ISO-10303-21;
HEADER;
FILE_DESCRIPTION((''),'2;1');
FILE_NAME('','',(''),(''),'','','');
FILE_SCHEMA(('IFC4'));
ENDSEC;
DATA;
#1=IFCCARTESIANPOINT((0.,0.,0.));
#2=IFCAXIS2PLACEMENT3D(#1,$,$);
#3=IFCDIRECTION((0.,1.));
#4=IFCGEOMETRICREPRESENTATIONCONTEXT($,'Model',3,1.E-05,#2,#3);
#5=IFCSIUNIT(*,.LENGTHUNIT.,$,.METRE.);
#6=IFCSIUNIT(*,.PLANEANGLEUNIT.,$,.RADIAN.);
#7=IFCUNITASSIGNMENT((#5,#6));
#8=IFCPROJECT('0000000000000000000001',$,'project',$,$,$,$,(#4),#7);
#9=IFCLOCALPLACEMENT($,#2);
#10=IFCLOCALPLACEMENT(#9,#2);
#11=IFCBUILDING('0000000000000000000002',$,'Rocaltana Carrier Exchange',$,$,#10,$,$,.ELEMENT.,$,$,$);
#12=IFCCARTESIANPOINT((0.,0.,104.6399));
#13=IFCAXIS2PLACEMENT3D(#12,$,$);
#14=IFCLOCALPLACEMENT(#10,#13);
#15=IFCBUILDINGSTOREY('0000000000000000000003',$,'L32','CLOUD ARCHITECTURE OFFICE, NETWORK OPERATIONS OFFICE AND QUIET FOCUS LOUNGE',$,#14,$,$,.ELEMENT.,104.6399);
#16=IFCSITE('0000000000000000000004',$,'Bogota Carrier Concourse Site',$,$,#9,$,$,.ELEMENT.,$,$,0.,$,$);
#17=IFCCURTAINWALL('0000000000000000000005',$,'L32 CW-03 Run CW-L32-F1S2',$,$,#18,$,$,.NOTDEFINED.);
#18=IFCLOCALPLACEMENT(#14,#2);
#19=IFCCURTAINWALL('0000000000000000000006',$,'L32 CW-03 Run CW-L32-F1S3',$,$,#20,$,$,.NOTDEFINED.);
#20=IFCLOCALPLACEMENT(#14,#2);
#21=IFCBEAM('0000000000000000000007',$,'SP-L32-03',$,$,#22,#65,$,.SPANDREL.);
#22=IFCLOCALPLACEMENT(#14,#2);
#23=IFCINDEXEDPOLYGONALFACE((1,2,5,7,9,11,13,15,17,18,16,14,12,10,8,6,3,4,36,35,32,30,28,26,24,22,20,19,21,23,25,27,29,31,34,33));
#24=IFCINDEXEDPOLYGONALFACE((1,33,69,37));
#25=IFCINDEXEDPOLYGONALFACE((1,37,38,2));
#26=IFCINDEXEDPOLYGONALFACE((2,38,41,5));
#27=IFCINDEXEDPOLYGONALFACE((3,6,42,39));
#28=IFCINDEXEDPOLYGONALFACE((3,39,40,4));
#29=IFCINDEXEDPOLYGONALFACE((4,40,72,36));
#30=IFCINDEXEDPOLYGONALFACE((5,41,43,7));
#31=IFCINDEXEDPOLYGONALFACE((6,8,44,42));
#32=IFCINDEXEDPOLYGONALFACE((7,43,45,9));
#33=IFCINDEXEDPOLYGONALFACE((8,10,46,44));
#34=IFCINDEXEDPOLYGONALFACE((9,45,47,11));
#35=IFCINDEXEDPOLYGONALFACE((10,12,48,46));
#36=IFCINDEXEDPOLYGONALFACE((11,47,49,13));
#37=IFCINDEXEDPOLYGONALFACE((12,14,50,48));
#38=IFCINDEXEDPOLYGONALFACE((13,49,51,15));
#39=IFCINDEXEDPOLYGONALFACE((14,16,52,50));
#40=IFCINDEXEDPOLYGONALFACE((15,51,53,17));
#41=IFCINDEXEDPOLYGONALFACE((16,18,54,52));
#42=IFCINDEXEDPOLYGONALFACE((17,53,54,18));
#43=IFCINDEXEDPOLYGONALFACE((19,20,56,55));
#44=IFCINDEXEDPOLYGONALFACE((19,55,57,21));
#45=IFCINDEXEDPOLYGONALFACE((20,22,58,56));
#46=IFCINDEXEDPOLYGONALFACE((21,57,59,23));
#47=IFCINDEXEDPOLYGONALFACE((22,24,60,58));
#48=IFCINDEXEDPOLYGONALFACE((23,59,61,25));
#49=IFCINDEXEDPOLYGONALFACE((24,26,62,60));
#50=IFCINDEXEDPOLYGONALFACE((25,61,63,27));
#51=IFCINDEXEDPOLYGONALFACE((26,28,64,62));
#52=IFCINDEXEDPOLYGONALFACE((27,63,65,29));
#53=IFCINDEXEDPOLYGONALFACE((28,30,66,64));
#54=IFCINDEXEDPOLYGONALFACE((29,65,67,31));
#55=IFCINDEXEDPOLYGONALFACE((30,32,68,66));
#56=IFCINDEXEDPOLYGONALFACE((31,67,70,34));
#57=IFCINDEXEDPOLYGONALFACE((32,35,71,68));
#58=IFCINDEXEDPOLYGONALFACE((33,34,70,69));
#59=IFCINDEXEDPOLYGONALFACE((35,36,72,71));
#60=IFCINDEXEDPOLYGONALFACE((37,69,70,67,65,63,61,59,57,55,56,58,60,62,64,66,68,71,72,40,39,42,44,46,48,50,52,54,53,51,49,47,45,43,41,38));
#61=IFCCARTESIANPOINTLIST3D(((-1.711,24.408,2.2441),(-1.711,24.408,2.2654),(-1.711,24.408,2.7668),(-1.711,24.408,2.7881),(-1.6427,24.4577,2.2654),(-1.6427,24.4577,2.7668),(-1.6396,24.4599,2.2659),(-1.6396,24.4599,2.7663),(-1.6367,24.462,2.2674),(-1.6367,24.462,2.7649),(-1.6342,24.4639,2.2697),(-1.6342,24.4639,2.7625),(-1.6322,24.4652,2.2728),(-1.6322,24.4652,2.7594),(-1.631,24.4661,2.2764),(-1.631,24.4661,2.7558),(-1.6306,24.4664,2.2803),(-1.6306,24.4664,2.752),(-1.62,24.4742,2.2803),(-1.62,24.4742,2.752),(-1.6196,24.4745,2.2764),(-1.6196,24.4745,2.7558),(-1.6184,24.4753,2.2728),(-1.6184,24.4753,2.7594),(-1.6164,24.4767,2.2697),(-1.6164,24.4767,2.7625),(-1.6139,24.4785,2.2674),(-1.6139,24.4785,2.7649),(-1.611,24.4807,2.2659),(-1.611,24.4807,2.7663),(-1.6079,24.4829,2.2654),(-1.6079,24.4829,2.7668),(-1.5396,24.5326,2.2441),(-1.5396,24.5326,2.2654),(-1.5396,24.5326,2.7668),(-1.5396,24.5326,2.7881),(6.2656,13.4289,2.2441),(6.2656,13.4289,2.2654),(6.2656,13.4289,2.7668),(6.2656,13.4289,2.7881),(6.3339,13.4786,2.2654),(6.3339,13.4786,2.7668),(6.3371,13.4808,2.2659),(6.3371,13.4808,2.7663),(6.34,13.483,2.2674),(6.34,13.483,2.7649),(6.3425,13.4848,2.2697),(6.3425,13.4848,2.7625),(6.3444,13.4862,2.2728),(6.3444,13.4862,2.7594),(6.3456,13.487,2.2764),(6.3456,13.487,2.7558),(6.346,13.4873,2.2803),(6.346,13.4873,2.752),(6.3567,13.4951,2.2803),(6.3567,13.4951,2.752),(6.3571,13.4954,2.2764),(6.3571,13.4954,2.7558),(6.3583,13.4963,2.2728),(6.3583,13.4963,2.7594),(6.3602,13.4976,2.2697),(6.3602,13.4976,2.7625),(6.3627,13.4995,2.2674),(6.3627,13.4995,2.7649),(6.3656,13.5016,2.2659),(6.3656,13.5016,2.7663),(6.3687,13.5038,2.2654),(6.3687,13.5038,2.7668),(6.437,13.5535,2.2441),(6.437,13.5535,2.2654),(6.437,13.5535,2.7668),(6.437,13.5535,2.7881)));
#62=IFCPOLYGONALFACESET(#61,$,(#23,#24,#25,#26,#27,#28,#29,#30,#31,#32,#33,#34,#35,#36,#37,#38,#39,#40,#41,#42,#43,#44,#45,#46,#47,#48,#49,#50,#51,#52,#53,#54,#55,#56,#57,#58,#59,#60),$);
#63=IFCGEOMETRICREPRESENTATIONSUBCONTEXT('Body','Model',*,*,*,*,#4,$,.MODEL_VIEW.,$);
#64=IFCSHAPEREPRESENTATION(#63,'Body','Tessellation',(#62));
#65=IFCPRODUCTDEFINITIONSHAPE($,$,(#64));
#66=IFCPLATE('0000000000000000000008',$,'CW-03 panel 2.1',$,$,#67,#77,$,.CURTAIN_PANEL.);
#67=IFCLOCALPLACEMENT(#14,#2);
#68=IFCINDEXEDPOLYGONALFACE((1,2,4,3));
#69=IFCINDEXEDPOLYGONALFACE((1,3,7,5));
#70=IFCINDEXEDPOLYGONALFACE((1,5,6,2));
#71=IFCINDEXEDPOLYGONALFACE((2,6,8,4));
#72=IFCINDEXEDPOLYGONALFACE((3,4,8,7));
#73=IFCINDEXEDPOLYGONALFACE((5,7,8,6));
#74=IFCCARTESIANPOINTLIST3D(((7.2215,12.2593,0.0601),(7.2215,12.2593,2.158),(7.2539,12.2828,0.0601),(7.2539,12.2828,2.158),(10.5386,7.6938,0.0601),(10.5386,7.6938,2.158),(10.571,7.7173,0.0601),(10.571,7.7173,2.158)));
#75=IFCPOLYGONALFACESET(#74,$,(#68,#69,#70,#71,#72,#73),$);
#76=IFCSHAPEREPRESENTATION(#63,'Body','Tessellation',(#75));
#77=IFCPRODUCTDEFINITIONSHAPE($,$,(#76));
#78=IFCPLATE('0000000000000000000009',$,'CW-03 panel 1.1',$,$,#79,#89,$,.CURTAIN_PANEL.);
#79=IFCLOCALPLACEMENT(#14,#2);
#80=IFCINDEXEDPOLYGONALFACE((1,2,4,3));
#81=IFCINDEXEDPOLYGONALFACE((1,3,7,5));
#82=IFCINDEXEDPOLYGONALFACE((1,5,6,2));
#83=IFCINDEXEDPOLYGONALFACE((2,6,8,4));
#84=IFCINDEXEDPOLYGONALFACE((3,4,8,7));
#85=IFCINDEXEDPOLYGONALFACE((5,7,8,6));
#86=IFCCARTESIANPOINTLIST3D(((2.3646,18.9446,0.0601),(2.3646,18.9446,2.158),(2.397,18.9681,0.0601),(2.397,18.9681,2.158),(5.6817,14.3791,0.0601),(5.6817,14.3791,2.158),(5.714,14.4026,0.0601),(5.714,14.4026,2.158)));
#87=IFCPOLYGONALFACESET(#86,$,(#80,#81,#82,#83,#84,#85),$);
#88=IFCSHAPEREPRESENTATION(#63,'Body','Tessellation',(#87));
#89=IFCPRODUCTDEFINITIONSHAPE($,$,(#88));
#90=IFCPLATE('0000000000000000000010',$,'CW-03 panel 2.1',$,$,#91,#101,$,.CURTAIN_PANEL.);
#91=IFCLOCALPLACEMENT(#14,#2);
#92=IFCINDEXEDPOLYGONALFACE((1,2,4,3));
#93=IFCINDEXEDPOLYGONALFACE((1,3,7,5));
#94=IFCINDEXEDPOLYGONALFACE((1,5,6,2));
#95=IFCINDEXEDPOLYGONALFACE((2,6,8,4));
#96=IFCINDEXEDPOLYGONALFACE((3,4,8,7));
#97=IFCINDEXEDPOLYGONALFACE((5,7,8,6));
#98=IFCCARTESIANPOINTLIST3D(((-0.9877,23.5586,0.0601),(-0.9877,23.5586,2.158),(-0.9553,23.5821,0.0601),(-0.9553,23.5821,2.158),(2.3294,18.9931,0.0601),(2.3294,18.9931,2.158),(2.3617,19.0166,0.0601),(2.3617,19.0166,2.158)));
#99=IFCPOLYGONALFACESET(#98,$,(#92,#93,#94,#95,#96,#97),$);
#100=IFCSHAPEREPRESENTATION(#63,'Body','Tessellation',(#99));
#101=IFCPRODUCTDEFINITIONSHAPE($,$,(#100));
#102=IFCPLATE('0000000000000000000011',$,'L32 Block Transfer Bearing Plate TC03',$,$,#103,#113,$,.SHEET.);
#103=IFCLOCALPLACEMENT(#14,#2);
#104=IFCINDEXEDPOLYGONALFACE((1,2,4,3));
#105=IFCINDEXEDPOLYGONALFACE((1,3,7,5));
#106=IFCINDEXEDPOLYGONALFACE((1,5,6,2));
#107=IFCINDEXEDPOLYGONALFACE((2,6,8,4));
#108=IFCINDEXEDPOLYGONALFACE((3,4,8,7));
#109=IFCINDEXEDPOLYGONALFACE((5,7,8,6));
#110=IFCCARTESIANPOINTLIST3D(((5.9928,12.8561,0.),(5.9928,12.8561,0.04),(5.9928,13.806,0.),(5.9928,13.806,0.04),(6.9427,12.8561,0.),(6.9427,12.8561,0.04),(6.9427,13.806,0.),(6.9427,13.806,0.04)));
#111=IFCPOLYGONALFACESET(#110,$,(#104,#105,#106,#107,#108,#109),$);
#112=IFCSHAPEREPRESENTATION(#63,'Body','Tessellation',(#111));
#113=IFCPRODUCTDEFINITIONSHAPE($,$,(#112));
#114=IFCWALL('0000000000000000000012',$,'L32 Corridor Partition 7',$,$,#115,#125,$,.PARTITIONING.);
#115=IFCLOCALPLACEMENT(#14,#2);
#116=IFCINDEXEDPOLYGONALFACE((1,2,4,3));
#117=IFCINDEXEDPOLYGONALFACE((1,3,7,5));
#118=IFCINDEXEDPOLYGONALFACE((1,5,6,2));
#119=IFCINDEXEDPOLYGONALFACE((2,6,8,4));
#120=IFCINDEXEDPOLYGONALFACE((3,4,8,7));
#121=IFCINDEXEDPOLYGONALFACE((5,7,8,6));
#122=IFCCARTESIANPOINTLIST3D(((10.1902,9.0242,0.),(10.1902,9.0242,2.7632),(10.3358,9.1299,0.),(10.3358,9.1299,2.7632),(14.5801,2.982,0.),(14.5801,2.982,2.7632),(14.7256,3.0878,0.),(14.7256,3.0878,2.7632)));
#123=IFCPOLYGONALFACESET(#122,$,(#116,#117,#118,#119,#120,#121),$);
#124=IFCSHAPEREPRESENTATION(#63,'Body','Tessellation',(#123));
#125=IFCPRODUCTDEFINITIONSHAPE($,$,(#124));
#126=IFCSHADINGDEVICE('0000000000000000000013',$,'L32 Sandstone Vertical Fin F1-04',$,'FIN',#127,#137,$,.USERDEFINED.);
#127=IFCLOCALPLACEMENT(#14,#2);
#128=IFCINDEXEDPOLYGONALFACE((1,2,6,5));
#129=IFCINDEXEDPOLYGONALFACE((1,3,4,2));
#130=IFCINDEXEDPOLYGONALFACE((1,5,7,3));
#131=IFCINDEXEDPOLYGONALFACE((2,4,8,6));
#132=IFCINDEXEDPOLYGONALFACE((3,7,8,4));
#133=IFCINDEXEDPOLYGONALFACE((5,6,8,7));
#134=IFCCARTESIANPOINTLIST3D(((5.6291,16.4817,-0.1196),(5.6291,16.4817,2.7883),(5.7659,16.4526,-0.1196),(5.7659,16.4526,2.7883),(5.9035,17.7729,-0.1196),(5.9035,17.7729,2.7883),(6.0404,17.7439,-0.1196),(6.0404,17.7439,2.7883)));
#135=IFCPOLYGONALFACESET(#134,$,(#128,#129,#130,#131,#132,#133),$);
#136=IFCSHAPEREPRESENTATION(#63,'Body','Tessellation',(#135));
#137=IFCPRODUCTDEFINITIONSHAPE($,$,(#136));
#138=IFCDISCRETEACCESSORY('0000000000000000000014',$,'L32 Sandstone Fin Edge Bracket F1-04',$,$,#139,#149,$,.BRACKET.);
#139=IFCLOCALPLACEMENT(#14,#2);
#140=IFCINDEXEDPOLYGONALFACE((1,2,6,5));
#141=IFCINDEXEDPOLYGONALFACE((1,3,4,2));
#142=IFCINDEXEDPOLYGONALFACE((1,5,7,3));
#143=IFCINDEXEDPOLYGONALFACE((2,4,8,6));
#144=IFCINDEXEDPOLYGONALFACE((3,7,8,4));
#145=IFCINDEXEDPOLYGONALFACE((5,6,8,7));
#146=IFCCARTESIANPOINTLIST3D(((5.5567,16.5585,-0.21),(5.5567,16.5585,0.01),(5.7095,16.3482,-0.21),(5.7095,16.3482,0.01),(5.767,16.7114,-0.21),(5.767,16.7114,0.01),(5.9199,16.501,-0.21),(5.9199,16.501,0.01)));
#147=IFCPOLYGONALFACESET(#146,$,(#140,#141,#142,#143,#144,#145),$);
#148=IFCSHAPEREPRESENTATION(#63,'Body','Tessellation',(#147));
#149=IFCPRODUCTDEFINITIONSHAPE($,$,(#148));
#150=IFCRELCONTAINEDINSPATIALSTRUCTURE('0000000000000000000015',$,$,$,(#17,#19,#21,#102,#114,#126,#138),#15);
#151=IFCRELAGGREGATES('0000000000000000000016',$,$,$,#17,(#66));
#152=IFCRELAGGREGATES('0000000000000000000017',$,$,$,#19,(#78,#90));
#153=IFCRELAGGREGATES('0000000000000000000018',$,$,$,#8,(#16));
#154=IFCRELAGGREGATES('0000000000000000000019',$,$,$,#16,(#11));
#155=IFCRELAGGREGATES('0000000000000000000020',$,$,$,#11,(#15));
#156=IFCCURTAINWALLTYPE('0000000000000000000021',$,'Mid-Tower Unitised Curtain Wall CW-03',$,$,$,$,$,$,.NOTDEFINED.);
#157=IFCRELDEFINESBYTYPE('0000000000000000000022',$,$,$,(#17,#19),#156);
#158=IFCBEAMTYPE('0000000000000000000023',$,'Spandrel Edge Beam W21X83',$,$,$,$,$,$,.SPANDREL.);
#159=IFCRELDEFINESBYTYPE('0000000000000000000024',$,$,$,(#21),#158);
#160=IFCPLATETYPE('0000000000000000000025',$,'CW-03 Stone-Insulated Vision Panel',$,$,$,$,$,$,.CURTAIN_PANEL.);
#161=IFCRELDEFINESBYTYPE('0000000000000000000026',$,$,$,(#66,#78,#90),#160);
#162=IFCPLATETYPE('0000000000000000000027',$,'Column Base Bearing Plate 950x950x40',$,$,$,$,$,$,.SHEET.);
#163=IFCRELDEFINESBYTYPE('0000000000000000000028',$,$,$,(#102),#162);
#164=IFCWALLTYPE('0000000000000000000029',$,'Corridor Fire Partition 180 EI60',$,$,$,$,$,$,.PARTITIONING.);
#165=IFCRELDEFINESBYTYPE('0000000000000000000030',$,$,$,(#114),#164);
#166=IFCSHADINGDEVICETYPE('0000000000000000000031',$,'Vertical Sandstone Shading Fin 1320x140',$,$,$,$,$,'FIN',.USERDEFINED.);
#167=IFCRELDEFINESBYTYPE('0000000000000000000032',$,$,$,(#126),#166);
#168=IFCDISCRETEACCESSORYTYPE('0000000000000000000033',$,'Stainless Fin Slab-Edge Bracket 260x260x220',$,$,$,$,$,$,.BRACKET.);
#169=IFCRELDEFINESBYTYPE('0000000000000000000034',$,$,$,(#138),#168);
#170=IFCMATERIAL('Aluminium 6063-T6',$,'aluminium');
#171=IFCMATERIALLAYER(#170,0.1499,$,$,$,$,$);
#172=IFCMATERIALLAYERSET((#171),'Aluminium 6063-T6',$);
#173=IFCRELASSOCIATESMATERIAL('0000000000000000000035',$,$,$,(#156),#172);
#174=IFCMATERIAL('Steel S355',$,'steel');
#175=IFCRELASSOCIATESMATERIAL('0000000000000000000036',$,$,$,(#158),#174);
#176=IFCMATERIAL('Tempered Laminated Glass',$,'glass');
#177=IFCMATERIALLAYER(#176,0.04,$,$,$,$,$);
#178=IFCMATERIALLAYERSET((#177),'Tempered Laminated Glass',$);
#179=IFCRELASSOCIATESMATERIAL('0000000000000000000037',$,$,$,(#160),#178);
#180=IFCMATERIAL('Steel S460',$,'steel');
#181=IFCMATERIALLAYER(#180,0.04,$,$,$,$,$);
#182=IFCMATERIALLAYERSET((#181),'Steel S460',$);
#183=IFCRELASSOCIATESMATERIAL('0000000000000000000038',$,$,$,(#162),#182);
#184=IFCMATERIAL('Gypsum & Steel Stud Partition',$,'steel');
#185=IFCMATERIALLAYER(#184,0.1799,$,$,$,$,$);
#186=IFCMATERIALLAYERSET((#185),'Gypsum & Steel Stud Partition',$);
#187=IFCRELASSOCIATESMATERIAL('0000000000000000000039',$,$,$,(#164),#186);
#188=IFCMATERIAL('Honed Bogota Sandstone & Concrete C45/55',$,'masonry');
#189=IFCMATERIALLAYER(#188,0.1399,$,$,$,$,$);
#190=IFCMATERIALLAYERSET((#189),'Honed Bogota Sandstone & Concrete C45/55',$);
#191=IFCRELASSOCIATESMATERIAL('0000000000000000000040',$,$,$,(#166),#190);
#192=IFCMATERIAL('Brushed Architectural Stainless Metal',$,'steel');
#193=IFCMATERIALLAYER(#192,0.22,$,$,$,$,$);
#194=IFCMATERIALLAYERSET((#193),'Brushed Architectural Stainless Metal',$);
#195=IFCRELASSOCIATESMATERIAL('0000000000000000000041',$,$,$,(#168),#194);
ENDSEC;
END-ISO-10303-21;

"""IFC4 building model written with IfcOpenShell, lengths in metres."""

from ifc_helpers import new_model, si_unit, direction, frame, frame_2d, origin, origin_2d, place, context, subcontext, project, spatial, rectangle, i_section, extrude, material, layer, layer_set, material_profile, profile_set, type_object, element, aggregate, save


model = new_model("IFC4")

# Units and contexts
model_context = context("Model", 3, precision=1e-05, world=origin(), true_north=direction((0.0, 1.0)))
body_context = subcontext(model_context, "Body", "Model", "MODEL_VIEW")
ifc_project = project(units=[si_unit("LENGTHUNIT", "METRE"), si_unit("PLANEANGLEUNIT", "RADIAN")], contexts=[model_context])

# Site, building, storey
site_placement = place(None, origin())
site = spatial("IfcSite", under=ifc_project, at=site_placement, Name="Bogota Carrier Concourse Site", CompositionType="ELEMENT", RefElevation=0.0)
building_placement = place(site_placement, origin())
building = spatial("IfcBuilding", under=site, at=building_placement, Name="Rocaltana Carrier Exchange", CompositionType="ELEMENT")
storey_placement = place(building_placement, frame((0.0, 0.0, 104.6399)))
storey = spatial("IfcBuildingStorey", under=building, at=storey_placement, Name="L32", Description="CLOUD ARCHITECTURE OFFICE, NETWORK OPERATIONS OFFICE AND QUIET FOCUS LOUNGE", CompositionType="ELEMENT", Elevation=104.6399)

# Curtain wall
ifc_material_1 = material(Name="Aluminium 6063-T6", Category="aluminium")
ifc_layer_1 = layer(ifc_material_1, 0.1499)
ifc_layer_set_1 = layer_set([ifc_layer_1], Name="Aluminium 6063-T6")
curtain_wall_type = type_object("IfcCurtainWallType", Name="Mid-Tower Unitised Curtain Wall CW-03", PredefinedType="NOTDEFINED", material=ifc_layer_set_1)
curtain_wall_1_placement = place(storey_placement, origin())
curtain_wall_1 = element("IfcCurtainWall", 1, at=curtain_wall_1_placement, inside=storey, type_object=curtain_wall_type, Name="L32 CW-03 Run CW-L32-F1S2", PredefinedType="NOTDEFINED")

# Curtain wall
curtain_wall_2_placement = place(storey_placement, origin())
curtain_wall_2 = element("IfcCurtainWall", 2, at=curtain_wall_2_placement, inside=storey, type_object=curtain_wall_type, Name="L32 CW-03 Run CW-L32-F1S3", PredefinedType="NOTDEFINED")

# Beam
ifc_material_2 = material(Name="Steel S355", Category="steel")
ifc_material_profile_1 = material_profile(ifc_material_2, i_section(OverallWidth=0.2119, OverallDepth=0.5439, WebThickness=0.0132, FlangeThickness=0.0212, FilletRadius=0.0149, at=origin_2d()), Name="W21X83")
ifc_profile_set_1 = profile_set([ifc_material_profile_1], Name="Steel S355")
beam_type_1 = type_object("IfcBeamType", Name="Spandrel Edge Beam W21X83", PredefinedType="SPANDREL", material=ifc_profile_set_1)
beam_1_placement = place(storey_placement, frame((6.3513, 13.4912, 2.5161), z_axis=(-0.587778, 0.809022, 0.0), x_axis=(-0.809022, -0.587778, 0.0)))
element("IfcBeam", 3, at=beam_1_placement, inside=storey, type_object=beam_type_1, Name="SP-L32-03", PredefinedType="SPANDREL", context=body_context, shape_type="SweptSolid", body=[
    extrude(i_section(OverallWidth=0.2119, OverallDepth=0.5439, WebThickness=0.0132, FlangeThickness=0.0212, FilletRadius=0.0149, at=origin_2d()), origin(), (0.0, 0.0, 1.0), 13.5708),
])

# Plates
ifc_material_3 = material(Name="Tempered Laminated Glass", Category="glass")
ifc_layer_2 = layer(ifc_material_3, 0.04)
ifc_layer_set_2 = layer_set([ifc_layer_2], Name="Tempered Laminated Glass")
plate_type_1 = type_object("IfcPlateType", Name="CW-03 Stone-Insulated Vision Panel", PredefinedType="CURTAIN_PANEL", material=ifc_layer_set_2)
plate_1_placement = place(storey_placement, frame((8.8962, 9.9883, 0.0601), z_axis=(0.0, 0.0, 1.0), x_axis=(-0.58779, 0.809014, 0.0)))
plate_1 = element("IfcPlate", 4, at=plate_1_placement, type_object=plate_type_1, Name="CW-03 panel 2.1", PredefinedType="CURTAIN_PANEL", context=body_context, shape_type="SweptSolid", body=[
    extrude(rectangle(XDim=5.6433, YDim=0.04, at=origin_2d()), origin(), (0.0, 0.0, 1.0), 2.0979),
])
aggregate(curtain_wall_1, [plate_1])
plate_2_placement = place(storey_placement, frame((4.0393, 16.6736, 0.0601), z_axis=(0.0, 0.0, 1.0), x_axis=(-0.58779, 0.809014, 0.0)))
plate_2 = element("IfcPlate", 5, at=plate_2_placement, type_object=plate_type_1, Name="CW-03 panel 1.1", PredefinedType="CURTAIN_PANEL", context=body_context, shape_type="SweptSolid", body=[
    extrude(rectangle(XDim=5.6433, YDim=0.04, at=origin_2d()), origin(), (0.0, 0.0, 1.0), 2.0979),
])
plate_3_placement = place(storey_placement, frame((0.687, 21.2876, 0.0601), z_axis=(0.0, 0.0, 1.0), x_axis=(-0.58779, 0.809014, 0.0)))
plate_3 = element("IfcPlate", 6, at=plate_3_placement, type_object=plate_type_1, Name="CW-03 panel 2.1", PredefinedType="CURTAIN_PANEL", context=body_context, shape_type="SweptSolid", body=[
    extrude(rectangle(XDim=5.6433, YDim=0.04, at=origin_2d()), origin(), (0.0, 0.0, 1.0), 2.0979),
])
aggregate(curtain_wall_2, [plate_2, plate_3])
ifc_material_4 = material(Name="Steel S460", Category="steel")
ifc_layer_3 = layer(ifc_material_4, 0.04)
ifc_layer_set_3 = layer_set([ifc_layer_3], Name="Steel S460")
plate_type_2 = type_object("IfcPlateType", Name="Column Base Bearing Plate 950x950x40", PredefinedType="SHEET", material=ifc_layer_set_3)
plate_4_placement = place(storey_placement, frame((6.4678, 13.3311, 0.0), z_axis=(0.0, 0.0, 1.0), x_axis=(1.0, 0.0, 0.0)))
element("IfcPlate", 7, at=plate_4_placement, inside=storey, type_object=plate_type_2, Name="L32 Block Transfer Bearing Plate TC03", PredefinedType="SHEET", context=body_context, shape_type="SweptSolid", body=[
    extrude(rectangle(XDim=0.95, YDim=0.95, at=origin_2d()), origin(), (0.0, 0.0, 1.0), 0.04),
])

# Wall
ifc_material_5 = material(Name="Gypsum & Steel Stud Partition", Category="steel")
ifc_layer_4 = layer(ifc_material_5, 0.1799)
ifc_layer_set_4 = layer_set([ifc_layer_4], Name="Gypsum & Steel Stud Partition")
wall_type = type_object("IfcWallType", Name="Corridor Fire Partition 180 EI60", PredefinedType="PARTITIONING", material=ifc_layer_set_4)
wall_placement = place(storey_placement, frame((10.2629, 9.0771, 0.0), z_axis=(0.0, 0.0, 1.0), x_axis=(0.587781, -0.80902, 0.0)))
element("IfcWall", 8, at=wall_placement, inside=storey, type_object=wall_type, Name="L32 Corridor Partition 7", PredefinedType="PARTITIONING", context=body_context, shape_type="SweptSolid", body=[
    extrude(rectangle(XDim=7.4685, YDim=0.1799, at=frame_2d((3.7344, 0.0))), origin(), (0.0, 0.0, 1.0), 2.7632),
])

# Shading device
ifc_material_6 = material(Name="Honed Bogota Sandstone & Concrete C45/55", Category="masonry")
ifc_layer_5 = layer(ifc_material_6, 0.1399)
ifc_layer_set_5 = layer_set([ifc_layer_5], Name="Honed Bogota Sandstone & Concrete C45/55")
shading_device_type = type_object("IfcShadingDeviceType", Name="Vertical Sandstone Shading Fin 1320x140", ElementType="FIN", PredefinedType="USERDEFINED", material=ifc_layer_set_5)
shading_device_placement = place(storey_placement, frame((5.8347, 17.1128, -0.1196), z_axis=(0.0, 0.0, 1.0), x_axis=(0.207912, 0.978148, 0.0)))
element("IfcShadingDevice", 9, at=shading_device_placement, inside=storey, type_object=shading_device_type, Name="L32 Sandstone Vertical Fin F1-04", ObjectType="FIN", PredefinedType="USERDEFINED", context=body_context, shape_type="SweptSolid", body=[
    extrude(rectangle(XDim=1.3201, YDim=0.1399, at=origin_2d()), origin(), (0.0, 0.0, 1.0), 2.908),
])

# Discrete accessory
ifc_material_7 = material(Name="Brushed Architectural Stainless Metal", Category="steel")
ifc_layer_6 = layer(ifc_material_7, 0.22)
ifc_layer_set_6 = layer_set([ifc_layer_6], Name="Brushed Architectural Stainless Metal")
discrete_accessory_type = type_object("IfcDiscreteAccessoryType", Name="Stainless Fin Slab-Edge Bracket 260x260x220", PredefinedType="BRACKET", material=ifc_layer_set_6)
discrete_accessory_placement = place(storey_placement, frame((5.7383, 16.5298, -0.21), z_axis=(0.0, 0.0, 1.0), x_axis=(-0.587785, 0.809017, 0.0)))
element("IfcDiscreteAccessory", 10, at=discrete_accessory_placement, inside=storey, type_object=discrete_accessory_type, Name="L32 Sandstone Fin Edge Bracket F1-04", PredefinedType="BRACKET", context=body_context, shape_type="SweptSolid", body=[
    extrude(rectangle(XDim=0.26, YDim=0.26, at=origin_2d()), origin(), (0.0, 0.0, 1.0), 0.22),
])

save(model, "model.ifc")
